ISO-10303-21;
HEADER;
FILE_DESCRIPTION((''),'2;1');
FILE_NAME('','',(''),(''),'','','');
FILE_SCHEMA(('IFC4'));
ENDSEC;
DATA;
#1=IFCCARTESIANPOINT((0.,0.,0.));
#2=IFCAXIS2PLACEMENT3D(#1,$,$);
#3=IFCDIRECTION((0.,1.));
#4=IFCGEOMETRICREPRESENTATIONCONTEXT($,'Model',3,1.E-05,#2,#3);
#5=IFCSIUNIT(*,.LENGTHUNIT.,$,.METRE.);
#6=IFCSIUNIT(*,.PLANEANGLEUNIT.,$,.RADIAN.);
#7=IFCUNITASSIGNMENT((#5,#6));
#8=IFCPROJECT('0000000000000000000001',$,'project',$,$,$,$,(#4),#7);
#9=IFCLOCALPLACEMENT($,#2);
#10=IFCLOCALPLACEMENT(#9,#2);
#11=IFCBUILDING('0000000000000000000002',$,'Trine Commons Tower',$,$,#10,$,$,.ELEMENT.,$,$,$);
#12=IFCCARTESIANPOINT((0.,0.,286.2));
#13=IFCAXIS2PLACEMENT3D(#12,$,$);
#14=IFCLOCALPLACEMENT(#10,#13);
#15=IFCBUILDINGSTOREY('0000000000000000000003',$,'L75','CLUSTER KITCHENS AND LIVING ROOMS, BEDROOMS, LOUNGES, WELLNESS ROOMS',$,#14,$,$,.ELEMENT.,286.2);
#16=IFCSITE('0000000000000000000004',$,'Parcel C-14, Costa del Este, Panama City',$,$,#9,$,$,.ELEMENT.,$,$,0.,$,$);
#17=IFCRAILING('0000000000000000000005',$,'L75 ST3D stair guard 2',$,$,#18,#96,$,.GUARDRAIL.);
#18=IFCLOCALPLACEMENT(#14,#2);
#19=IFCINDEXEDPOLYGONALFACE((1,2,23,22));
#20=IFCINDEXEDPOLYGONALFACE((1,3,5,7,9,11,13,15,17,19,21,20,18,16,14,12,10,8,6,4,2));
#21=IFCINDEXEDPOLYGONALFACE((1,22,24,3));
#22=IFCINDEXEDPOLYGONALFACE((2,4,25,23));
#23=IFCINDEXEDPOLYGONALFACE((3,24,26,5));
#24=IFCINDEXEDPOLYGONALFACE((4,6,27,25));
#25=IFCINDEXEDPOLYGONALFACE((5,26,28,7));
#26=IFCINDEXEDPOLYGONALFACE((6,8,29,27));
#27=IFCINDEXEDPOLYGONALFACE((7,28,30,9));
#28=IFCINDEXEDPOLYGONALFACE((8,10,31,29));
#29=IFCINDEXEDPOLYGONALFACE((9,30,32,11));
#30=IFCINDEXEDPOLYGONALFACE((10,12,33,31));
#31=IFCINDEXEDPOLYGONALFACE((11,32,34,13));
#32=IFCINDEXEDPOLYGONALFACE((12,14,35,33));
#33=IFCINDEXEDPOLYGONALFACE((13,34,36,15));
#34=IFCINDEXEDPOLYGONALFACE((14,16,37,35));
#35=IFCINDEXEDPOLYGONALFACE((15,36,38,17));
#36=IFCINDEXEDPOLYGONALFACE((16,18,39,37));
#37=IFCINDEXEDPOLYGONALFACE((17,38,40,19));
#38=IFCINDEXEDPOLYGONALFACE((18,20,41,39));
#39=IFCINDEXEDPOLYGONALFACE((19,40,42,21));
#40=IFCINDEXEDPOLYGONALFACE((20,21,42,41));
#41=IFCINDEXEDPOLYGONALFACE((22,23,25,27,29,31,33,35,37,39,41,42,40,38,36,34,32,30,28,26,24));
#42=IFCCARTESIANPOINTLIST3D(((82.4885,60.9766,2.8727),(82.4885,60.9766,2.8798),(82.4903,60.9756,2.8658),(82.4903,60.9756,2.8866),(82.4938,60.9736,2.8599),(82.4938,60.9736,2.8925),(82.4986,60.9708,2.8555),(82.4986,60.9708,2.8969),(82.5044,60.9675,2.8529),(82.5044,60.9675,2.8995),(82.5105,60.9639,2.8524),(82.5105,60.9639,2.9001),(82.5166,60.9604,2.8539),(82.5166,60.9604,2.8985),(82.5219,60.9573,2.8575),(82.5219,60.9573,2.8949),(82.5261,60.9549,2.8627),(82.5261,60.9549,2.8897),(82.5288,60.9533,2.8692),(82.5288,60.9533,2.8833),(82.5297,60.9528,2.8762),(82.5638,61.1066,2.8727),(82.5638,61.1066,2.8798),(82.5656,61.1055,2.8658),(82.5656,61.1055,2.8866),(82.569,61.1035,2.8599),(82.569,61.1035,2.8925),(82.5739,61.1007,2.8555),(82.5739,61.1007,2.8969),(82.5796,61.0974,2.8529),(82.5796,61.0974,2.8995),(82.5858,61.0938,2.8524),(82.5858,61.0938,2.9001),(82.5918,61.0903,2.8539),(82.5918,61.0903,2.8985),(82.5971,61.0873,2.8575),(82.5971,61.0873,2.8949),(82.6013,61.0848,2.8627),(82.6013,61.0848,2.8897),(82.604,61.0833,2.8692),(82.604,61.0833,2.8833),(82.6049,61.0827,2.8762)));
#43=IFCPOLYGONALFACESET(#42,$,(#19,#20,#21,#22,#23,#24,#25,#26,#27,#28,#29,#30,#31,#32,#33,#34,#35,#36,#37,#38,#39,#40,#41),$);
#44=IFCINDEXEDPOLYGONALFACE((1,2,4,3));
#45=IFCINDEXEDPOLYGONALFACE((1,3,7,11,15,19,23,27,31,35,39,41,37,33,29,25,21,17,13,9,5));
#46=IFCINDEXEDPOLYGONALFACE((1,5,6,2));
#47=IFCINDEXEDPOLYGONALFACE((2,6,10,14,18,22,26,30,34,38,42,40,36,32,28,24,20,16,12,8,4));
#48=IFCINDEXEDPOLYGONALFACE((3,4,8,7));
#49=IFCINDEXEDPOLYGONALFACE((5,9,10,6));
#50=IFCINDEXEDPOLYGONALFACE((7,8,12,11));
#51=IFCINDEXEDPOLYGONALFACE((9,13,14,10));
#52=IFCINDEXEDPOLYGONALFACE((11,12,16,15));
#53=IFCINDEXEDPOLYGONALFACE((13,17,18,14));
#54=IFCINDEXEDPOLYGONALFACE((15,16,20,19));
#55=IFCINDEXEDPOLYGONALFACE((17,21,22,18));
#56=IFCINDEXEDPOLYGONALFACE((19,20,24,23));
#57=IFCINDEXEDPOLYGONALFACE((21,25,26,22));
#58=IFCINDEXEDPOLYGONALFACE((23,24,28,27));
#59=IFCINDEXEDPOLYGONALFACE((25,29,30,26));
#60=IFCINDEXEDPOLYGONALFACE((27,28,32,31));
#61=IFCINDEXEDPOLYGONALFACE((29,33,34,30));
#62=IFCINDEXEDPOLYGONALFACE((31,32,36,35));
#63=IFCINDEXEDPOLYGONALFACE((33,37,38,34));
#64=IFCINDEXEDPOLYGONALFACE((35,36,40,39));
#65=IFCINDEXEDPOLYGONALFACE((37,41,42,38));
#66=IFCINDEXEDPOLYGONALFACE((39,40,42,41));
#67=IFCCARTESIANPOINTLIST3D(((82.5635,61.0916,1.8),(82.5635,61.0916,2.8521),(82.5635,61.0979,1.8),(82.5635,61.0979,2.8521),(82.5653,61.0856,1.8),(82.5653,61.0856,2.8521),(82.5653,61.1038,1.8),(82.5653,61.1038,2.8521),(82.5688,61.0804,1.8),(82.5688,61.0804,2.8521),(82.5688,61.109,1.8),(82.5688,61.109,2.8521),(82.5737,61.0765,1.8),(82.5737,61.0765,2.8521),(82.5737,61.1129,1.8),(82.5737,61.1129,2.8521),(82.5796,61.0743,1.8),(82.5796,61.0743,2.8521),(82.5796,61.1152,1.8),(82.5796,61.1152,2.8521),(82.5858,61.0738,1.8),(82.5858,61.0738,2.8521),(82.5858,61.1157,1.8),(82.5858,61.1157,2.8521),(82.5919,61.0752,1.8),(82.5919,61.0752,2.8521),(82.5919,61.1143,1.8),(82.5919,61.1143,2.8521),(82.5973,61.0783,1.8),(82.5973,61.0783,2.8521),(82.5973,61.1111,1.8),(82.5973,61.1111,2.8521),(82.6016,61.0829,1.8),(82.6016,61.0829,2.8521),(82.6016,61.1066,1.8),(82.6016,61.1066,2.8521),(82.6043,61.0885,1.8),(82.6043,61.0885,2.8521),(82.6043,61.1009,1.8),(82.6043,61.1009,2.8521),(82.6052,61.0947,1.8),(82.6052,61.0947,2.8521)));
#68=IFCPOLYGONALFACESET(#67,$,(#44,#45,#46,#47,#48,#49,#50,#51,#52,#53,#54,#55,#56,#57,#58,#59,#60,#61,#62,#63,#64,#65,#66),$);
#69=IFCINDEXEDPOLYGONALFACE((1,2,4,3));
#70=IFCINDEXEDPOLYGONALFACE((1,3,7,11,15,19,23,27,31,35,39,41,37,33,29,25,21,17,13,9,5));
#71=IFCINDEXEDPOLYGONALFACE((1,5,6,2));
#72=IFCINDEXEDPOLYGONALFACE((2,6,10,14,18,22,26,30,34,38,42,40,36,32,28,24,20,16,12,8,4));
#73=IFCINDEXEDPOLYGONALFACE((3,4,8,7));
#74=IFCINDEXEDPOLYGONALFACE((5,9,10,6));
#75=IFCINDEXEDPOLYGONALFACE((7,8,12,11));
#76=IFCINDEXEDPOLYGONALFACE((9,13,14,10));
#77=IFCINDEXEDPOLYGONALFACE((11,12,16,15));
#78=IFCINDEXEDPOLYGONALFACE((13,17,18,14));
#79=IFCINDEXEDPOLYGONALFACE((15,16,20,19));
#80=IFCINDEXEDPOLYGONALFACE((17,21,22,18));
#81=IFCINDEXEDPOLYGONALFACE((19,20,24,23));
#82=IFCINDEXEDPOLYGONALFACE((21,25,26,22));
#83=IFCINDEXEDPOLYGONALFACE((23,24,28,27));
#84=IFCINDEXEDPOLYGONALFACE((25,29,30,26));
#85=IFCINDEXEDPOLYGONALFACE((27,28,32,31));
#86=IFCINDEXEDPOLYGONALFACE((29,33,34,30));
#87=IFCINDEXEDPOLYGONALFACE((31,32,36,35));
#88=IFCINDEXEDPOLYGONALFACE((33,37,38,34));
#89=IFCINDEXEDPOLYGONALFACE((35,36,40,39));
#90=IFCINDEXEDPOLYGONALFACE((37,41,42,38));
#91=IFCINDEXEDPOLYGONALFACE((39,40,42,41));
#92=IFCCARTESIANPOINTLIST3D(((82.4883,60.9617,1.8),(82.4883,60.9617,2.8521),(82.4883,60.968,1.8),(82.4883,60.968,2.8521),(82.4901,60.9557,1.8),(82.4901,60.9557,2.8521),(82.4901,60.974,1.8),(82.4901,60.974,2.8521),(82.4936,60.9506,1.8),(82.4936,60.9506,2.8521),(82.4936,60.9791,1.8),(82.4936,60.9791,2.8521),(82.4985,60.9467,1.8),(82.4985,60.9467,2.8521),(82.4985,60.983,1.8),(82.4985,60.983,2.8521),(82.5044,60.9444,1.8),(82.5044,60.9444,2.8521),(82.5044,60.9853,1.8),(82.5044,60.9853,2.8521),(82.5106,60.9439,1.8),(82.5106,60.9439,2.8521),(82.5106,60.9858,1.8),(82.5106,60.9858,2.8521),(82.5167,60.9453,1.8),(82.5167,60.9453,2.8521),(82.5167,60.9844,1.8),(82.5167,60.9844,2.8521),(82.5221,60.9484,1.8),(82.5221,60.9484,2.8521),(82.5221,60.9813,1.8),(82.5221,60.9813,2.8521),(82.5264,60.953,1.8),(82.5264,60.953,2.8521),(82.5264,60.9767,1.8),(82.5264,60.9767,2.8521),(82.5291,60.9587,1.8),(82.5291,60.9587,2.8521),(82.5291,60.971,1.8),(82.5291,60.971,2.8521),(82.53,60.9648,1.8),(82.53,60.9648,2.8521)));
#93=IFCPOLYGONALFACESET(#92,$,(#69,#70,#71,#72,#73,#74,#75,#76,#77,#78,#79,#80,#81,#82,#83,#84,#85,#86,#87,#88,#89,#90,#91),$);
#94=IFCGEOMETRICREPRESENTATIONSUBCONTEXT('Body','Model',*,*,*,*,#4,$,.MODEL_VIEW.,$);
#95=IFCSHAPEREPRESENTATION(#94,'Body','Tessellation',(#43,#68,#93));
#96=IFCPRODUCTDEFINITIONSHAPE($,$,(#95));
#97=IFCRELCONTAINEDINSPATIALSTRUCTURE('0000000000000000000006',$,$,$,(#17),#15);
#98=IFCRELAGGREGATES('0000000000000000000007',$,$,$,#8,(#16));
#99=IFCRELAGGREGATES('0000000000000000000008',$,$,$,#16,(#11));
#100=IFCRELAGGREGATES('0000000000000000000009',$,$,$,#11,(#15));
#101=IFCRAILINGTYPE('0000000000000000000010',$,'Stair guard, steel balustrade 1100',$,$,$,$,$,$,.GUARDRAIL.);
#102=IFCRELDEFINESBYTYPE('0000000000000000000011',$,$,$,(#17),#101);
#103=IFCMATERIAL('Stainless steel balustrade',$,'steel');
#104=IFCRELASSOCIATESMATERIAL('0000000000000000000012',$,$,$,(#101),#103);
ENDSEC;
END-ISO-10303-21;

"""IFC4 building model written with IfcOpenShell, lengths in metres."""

from ifc_helpers import new_model, si_unit, direction, frame, origin, origin_2d, place, context, subcontext, project, spatial, circle, extrude, material, type_object, element, save


model = new_model("IFC4")

# Units and contexts
model_context = context("Model", 3, precision=1e-05, world=origin(), true_north=direction((0.0, 1.0)))
body_context = subcontext(model_context, "Body", "Model", "MODEL_VIEW")
ifc_project = project(units=[si_unit("LENGTHUNIT", "METRE"), si_unit("PLANEANGLEUNIT", "RADIAN")], contexts=[model_context])

# Site, building, storey
site_placement = place(None, origin())
site = spatial("IfcSite", under=ifc_project, at=site_placement, Name="Parcel C-14, Costa del Este, Panama City", CompositionType="ELEMENT", RefElevation=0.0)
building_placement = place(site_placement, origin())
building = spatial("IfcBuilding", under=site, at=building_placement, Name="Trine Commons Tower", CompositionType="ELEMENT")
storey_placement = place(building_placement, frame((0.0, 0.0, 286.2)))
storey = spatial("IfcBuildingStorey", under=building, at=storey_placement, Name="L75", Description="CLUSTER KITCHENS AND LIVING ROOMS, BEDROOMS, LOUNGES, WELLNESS ROOMS", CompositionType="ELEMENT", Elevation=286.2)

# Railing
ifc_material_1 = material(Name="Stainless steel balustrade", Category="steel")
railing_type_1 = type_object("IfcRailingType", Name="Stair guard, steel balustrade 1100", PredefinedType="GUARDRAIL", material=ifc_material_1)
railing_1_placement = place(storey_placement, frame((82.5842, 61.0947, 1.8)))
element("IfcRailing", 1, at=railing_1_placement, inside=storey, type_object=railing_type_1, Name="L75 ST3D stair guard 2", PredefinedType="GUARDRAIL", context=body_context, shape_type="SweptSolid", body=[
    extrude(circle(Radius=0.0239, at=origin_2d()), frame((0.0, 0.0, 1.0762), z_axis=(-0.501036, -0.865426, 0.0), x_axis=(0.865426, -0.501036, 0.0)), (0.0, 0.0, 1.0), 0.1501),
    extrude(circle(Radius=0.021, at=origin_2d()), origin(), (0.0, 0.0, 1.0), 1.052),
    extrude(circle(Radius=0.021, at=origin_2d()), frame((-0.0752, -0.1299, 0.0)), (0.0, 0.0, 1.0), 1.052),
])

save(model, "model.ifc")
